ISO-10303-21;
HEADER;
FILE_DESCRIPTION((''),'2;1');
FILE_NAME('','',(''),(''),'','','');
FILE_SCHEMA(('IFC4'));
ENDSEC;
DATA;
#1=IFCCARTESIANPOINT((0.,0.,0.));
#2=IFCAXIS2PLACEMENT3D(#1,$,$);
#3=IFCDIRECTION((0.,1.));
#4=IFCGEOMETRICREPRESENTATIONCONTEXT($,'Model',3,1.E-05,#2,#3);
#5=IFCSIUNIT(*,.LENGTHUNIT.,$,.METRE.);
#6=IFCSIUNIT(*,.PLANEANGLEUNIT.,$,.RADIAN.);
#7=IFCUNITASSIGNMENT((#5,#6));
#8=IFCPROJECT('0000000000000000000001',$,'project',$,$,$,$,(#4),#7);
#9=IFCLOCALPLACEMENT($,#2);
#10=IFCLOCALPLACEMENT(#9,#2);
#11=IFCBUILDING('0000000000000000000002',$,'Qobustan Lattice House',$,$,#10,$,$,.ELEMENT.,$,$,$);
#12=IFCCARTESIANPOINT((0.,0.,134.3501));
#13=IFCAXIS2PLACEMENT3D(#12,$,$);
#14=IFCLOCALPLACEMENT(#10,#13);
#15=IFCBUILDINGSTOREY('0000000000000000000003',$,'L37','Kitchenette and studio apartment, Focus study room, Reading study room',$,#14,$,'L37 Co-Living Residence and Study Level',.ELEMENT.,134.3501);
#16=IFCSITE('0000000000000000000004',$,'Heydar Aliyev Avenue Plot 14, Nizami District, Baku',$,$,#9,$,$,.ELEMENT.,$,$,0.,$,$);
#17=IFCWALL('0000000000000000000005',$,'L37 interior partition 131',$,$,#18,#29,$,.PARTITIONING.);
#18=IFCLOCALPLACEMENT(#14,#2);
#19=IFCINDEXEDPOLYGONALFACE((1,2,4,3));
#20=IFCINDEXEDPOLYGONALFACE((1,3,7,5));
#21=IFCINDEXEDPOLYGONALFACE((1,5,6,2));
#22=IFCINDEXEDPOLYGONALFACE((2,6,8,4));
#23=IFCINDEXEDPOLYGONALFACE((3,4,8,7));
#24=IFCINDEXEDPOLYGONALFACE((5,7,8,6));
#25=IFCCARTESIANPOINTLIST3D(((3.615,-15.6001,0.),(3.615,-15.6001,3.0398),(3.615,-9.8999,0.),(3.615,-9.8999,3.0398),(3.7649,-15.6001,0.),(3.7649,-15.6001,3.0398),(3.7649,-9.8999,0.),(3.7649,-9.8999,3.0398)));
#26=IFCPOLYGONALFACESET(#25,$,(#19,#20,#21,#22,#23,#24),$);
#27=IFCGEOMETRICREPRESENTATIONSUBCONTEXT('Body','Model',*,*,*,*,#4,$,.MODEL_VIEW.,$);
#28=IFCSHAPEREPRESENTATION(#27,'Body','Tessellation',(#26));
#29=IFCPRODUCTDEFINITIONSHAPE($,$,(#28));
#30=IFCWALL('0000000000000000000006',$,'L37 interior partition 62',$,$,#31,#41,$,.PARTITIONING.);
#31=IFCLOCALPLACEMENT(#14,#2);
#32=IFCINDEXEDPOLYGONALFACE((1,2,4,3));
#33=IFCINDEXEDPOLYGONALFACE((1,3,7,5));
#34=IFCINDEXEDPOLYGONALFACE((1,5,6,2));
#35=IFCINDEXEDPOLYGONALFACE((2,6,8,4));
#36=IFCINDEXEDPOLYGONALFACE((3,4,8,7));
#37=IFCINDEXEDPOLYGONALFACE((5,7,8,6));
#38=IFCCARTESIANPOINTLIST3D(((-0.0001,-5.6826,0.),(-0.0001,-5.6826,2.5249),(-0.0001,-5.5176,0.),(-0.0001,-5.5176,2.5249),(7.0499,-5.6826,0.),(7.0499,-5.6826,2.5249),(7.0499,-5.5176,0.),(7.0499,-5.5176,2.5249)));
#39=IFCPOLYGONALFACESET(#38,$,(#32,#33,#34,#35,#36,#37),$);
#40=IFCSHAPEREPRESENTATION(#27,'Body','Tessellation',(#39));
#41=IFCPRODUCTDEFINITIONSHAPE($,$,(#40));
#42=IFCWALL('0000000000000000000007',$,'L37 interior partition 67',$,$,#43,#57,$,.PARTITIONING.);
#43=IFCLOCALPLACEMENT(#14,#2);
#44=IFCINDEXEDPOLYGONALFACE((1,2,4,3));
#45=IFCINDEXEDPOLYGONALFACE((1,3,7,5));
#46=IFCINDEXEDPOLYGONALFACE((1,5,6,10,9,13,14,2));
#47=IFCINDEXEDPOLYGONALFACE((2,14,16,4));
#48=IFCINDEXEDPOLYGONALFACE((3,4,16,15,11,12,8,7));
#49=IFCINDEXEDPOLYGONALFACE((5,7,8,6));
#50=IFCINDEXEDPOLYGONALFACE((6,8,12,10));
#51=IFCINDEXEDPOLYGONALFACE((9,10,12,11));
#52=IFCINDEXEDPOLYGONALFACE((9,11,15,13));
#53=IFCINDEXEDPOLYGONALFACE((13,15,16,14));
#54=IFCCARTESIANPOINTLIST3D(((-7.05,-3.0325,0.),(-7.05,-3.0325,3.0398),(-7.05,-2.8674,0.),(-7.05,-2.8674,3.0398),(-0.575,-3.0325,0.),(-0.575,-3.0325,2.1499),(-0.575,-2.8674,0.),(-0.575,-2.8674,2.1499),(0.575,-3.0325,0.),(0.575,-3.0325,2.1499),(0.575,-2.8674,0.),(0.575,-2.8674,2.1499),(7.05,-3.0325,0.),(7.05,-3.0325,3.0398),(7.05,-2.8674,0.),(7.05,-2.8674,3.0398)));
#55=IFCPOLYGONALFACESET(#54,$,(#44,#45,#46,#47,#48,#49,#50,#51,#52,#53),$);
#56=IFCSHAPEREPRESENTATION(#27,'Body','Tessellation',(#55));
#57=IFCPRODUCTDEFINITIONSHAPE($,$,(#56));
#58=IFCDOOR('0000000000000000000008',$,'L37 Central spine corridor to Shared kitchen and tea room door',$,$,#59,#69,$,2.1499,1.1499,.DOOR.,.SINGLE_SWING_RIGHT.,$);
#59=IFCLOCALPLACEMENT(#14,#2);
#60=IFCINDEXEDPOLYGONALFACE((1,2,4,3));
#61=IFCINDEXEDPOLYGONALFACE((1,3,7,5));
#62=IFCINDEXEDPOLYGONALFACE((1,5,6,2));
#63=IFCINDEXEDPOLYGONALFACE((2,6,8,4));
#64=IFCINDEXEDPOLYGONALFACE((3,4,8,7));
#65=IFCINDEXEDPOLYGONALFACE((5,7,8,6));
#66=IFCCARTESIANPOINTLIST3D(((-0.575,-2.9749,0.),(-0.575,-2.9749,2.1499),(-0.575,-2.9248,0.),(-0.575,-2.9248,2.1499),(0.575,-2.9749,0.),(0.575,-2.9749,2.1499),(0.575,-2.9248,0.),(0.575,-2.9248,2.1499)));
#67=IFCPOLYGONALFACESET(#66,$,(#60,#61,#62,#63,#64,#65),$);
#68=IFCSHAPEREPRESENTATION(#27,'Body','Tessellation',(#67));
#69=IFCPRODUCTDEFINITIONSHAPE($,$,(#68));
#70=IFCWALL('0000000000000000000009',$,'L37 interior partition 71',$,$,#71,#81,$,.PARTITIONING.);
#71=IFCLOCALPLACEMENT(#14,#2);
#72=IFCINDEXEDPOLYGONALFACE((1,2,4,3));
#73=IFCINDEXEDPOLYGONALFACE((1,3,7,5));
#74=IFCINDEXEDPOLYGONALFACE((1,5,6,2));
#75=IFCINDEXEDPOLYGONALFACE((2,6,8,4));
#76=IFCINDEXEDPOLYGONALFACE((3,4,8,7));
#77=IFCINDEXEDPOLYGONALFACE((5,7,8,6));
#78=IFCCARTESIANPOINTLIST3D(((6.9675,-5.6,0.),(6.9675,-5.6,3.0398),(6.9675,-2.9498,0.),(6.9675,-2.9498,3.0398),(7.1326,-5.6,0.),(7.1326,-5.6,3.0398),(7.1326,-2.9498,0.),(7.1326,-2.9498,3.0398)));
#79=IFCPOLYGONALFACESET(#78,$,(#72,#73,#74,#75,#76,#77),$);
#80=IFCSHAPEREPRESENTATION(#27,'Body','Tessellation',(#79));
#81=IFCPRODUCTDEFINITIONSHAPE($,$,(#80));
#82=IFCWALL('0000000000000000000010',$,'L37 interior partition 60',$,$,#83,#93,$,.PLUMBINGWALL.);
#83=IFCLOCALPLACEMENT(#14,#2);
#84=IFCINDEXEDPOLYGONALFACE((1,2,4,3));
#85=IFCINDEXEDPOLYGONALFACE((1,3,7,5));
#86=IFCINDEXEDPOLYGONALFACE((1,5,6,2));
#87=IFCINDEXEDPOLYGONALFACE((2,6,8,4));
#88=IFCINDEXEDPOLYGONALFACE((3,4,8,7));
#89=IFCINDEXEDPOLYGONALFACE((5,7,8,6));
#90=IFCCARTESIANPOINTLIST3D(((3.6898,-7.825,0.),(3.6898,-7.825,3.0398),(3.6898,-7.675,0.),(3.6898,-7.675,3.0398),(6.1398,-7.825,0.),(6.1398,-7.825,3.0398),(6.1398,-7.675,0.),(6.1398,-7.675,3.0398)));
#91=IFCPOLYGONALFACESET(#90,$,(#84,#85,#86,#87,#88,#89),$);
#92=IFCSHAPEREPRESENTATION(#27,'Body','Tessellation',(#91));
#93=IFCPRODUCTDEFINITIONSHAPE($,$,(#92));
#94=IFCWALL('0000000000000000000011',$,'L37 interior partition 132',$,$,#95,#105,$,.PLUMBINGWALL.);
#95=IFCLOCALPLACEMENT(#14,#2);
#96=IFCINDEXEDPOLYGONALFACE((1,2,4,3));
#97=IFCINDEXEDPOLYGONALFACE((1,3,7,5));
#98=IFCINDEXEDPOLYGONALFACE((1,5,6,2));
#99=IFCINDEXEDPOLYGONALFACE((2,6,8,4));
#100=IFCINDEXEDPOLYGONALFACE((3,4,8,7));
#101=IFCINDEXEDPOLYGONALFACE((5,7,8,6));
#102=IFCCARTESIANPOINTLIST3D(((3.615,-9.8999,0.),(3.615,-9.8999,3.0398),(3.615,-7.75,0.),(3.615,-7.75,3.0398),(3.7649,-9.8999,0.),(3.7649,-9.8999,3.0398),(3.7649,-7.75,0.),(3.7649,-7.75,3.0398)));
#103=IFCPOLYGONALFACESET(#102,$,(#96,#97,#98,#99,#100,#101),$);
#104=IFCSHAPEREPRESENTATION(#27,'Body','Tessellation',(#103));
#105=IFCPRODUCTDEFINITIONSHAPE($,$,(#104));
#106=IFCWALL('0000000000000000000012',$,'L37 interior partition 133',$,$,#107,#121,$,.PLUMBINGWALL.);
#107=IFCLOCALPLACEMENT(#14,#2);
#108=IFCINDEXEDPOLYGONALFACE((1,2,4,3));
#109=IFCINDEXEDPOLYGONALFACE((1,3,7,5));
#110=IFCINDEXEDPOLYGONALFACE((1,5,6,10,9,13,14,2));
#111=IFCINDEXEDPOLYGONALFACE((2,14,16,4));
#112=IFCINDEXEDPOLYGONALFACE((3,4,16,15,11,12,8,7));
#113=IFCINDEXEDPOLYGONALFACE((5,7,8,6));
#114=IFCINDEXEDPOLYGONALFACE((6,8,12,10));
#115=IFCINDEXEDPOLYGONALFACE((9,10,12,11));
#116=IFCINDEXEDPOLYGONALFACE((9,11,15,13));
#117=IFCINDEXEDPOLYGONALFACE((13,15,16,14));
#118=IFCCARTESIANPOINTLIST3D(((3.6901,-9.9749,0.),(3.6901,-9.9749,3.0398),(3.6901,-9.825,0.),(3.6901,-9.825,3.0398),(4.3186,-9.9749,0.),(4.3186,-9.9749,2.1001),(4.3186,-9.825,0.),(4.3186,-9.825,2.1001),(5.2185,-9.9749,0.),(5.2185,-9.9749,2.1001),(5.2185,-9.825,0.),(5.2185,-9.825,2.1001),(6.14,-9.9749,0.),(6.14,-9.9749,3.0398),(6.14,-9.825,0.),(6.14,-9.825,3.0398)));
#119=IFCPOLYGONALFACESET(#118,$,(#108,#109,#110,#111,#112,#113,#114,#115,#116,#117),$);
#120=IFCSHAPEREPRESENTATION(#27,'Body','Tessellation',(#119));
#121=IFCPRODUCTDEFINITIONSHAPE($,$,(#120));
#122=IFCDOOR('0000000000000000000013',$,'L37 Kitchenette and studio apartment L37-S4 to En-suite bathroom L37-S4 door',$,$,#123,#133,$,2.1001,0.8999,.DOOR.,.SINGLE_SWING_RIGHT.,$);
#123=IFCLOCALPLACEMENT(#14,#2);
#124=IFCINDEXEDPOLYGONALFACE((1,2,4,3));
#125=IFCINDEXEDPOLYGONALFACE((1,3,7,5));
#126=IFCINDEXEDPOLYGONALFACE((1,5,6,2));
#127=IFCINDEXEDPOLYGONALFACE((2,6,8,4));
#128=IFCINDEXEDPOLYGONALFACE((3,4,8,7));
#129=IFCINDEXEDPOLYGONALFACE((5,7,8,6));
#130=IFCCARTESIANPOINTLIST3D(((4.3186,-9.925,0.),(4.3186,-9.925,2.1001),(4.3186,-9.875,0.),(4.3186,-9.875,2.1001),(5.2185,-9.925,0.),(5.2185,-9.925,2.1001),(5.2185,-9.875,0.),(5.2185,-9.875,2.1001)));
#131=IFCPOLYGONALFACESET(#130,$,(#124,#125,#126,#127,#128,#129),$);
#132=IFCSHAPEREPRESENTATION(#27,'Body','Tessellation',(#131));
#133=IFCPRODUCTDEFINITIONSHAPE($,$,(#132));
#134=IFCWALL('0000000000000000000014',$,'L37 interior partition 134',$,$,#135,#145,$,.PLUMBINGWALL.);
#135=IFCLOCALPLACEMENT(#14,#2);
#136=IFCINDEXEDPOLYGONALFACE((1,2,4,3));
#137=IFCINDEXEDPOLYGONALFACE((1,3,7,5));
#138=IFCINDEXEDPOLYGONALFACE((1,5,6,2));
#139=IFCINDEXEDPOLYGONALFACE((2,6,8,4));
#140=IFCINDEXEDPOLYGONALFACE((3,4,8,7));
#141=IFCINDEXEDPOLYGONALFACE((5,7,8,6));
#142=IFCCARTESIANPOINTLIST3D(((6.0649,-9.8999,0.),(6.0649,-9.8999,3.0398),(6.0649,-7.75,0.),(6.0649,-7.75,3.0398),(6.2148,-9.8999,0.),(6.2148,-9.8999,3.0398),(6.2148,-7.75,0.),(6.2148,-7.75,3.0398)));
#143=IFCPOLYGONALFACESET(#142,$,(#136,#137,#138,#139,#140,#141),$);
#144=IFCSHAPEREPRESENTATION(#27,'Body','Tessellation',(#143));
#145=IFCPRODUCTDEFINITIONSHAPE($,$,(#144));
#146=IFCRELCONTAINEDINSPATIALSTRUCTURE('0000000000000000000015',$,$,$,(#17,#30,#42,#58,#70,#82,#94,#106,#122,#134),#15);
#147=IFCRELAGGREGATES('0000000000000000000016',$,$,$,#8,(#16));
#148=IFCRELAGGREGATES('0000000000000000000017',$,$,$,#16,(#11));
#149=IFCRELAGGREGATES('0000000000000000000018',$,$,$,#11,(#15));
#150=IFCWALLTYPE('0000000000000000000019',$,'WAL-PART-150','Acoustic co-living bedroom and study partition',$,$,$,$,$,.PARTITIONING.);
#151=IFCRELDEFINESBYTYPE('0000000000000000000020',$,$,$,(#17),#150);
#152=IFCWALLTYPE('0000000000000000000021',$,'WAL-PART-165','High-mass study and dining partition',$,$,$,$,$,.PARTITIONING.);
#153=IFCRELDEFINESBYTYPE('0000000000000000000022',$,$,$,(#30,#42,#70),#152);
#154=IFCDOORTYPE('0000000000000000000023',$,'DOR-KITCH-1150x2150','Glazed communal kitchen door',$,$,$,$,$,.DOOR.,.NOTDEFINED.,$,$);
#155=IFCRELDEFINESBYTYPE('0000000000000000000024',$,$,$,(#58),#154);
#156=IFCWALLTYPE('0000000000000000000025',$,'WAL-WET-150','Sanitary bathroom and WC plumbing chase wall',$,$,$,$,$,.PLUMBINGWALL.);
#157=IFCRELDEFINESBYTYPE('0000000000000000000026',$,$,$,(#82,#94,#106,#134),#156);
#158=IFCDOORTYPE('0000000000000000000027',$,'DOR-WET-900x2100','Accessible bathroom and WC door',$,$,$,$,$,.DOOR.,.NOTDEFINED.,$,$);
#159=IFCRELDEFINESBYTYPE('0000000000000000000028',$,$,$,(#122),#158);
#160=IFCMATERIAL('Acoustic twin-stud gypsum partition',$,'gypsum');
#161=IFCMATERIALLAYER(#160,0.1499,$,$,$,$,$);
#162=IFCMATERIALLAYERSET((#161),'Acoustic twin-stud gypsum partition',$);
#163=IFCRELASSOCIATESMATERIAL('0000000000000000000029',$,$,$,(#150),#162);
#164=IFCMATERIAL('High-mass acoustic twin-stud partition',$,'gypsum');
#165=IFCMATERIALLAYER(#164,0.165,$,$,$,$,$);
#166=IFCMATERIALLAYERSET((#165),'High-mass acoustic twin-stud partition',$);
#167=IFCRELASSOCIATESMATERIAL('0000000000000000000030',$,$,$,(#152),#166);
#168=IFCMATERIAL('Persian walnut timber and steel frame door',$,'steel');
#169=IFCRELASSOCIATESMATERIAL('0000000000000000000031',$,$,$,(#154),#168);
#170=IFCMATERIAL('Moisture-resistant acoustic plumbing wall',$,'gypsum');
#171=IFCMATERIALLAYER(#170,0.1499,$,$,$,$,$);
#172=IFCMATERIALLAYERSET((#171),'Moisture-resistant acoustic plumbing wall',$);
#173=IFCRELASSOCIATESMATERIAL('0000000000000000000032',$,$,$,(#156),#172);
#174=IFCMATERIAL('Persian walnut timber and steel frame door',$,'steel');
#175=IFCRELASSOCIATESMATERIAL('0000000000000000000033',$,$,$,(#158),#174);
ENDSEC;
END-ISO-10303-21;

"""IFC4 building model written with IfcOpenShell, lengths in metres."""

from ifc_helpers import new_model, si_unit, direction, frame, frame_2d, origin, place, context, subcontext, project, spatial, rectangle, extrude, material, layer, layer_set, type_object, element, fill, save


model = new_model("IFC4")

# Units and contexts
model_context = context("Model", 3, precision=1e-05, world=origin(), true_north=direction((0.0, 1.0)))
body_context = subcontext(model_context, "Body", "Model", "MODEL_VIEW")
ifc_project = project(units=[si_unit("LENGTHUNIT", "METRE"), si_unit("PLANEANGLEUNIT", "RADIAN")], contexts=[model_context])

# Site, building, storey
site_placement = place(None, origin())
site = spatial("IfcSite", under=ifc_project, at=site_placement, Name="Heydar Aliyev Avenue Plot 14, Nizami District, Baku", CompositionType="ELEMENT", RefElevation=0.0)
building_placement = place(site_placement, origin())
building = spatial("IfcBuilding", under=site, at=building_placement, Name="Qobustan Lattice House", CompositionType="ELEMENT")
storey_placement = place(building_placement, frame((0.0, 0.0, 134.3501)))
storey = spatial("IfcBuildingStorey", under=building, at=storey_placement, Name="L37", Description="Kitchenette and studio apartment, Focus study room, Reading study room", LongName="L37 Co-Living Residence and Study Level", CompositionType="ELEMENT", Elevation=134.3501)

# Walls
ifc_material_1 = material(Name="Acoustic twin-stud gypsum partition", Category="gypsum")
ifc_layer_1 = layer(ifc_material_1, 0.1499)
ifc_layer_set_1 = layer_set([ifc_layer_1], Name="Acoustic twin-stud gypsum partition")
wall_type_1 = type_object("IfcWallType", Name="WAL-PART-150", Description="Acoustic co-living bedroom and study partition", PredefinedType="PARTITIONING", material=ifc_layer_set_1)
wall_1_placement = place(storey_placement, frame((3.6899, -9.8999, 0.0), z_axis=(0.0, 0.0, 1.0), x_axis=(0.0, -1.0, 0.0)))
element("IfcWall", 1, at=wall_1_placement, inside=storey, type_object=wall_type_1, Name="L37 interior partition 131", PredefinedType="PARTITIONING", context=body_context, shape_type="SweptSolid", body=[
    extrude(rectangle(XDim=5.7002, YDim=0.1499, at=frame_2d((2.8501, 0.0))), origin(), (0.0, 0.0, 1.0), 3.0398),
])
ifc_material_2 = material(Name="High-mass acoustic twin-stud partition", Category="gypsum")
ifc_layer_2 = layer(ifc_material_2, 0.165)
ifc_layer_set_2 = layer_set([ifc_layer_2], Name="High-mass acoustic twin-stud partition")
wall_type_2 = type_object("IfcWallType", Name="WAL-PART-165", Description="High-mass study and dining partition", PredefinedType="PARTITIONING", material=ifc_layer_set_2)
wall_2_placement = place(storey_placement, frame((0.0, -5.6001, 0.0), z_axis=(0.0, 0.0, 1.0), x_axis=(1.0, 0.0, 0.0)))
element("IfcWall", 2, at=wall_2_placement, inside=storey, type_object=wall_type_2, Name="L37 interior partition 62", PredefinedType="PARTITIONING", context=body_context, shape_type="SweptSolid", body=[
    extrude(rectangle(XDim=7.05, YDim=0.165, at=frame_2d((3.5249, 0.0))), origin(), (0.0, 0.0, 1.0), 2.5249),
])

# Wall, opening, door
wall_3_placement = place(storey_placement, frame((7.05, -2.95, 0.0), z_axis=(0.0, 0.0, 1.0), x_axis=(-1.0, 0.0, 0.0)))
wall_3 = element("IfcWall", 3, at=wall_3_placement, inside=storey, type_object=wall_type_2, Name="L37 interior partition 67", PredefinedType="PARTITIONING", context=body_context, shape_type="SweptSolid", body=[
    extrude(rectangle(XDim=14.1001, YDim=0.165, at=frame_2d((7.05, 0.0))), origin(), (0.0, 0.0, 1.0), 3.0398),
])
opening_1_placement = place(wall_3_placement, frame((6.4751, 0.0, 0.0)))
opening_1 = element("IfcOpeningElement", 4, at=opening_1_placement, cuts=wall_3, PredefinedType="OPENING", context=body_context, shape_type="SweptSolid", body=[
    extrude(rectangle(XDim=1.1499, YDim=2.1499, at=frame_2d((0.575, 1.075))), frame((0.0, 0.0925, 0.0), z_axis=(0.0, -1.0, 0.0), x_axis=(1.0, 0.0, 0.0)), (0.0, 0.0, 1.0), 0.1851),
])
ifc_material_3 = material(Name="Persian walnut timber and steel frame door", Category="steel")
door_type_1 = type_object("IfcDoorType", Name="DOR-KITCH-1150x2150", Description="Glazed communal kitchen door", OperationType="NOTDEFINED", PredefinedType="DOOR", material=ifc_material_3)
door_1_placement = place(opening_1_placement, origin())
door_1 = element("IfcDoor", 5, at=door_1_placement, inside=storey, type_object=door_type_1, Name="L37 Central spine corridor to Shared kitchen and tea room door", OperationType="SINGLE_SWING_RIGHT", OverallHeight=2.1499, OverallWidth=1.1499, PredefinedType="DOOR", context=body_context, shape_type="SweptSolid", body=[
    extrude(rectangle(XDim=1.1499, YDim=2.1499, at=frame_2d((0.575, 1.075))), frame((0.0, 0.0249, 0.0), z_axis=(0.0, -1.0, 0.0), x_axis=(1.0, 0.0, 0.0)), (0.0, 0.0, 1.0), 0.05),
])
fill(opening_1, door_1)

# Walls
wall_4_placement = place(storey_placement, frame((7.05, -5.6001, 0.0), z_axis=(0.0, 0.0, 1.0), x_axis=(0.0, 1.0, 0.0)))
element("IfcWall", 6, at=wall_4_placement, inside=storey, type_object=wall_type_2, Name="L37 interior partition 71", PredefinedType="PARTITIONING", context=body_context, shape_type="SweptSolid", body=[
    extrude(rectangle(XDim=2.6501, YDim=0.165, at=frame_2d((1.3252, 0.0))), origin(), (0.0, 0.0, 1.0), 3.0398),
])
ifc_material_4 = material(Name="Moisture-resistant acoustic plumbing wall", Category="gypsum")
ifc_layer_3 = layer(ifc_material_4, 0.1499)
ifc_layer_set_3 = layer_set([ifc_layer_3], Name="Moisture-resistant acoustic plumbing wall")
wall_type_3 = type_object("IfcWallType", Name="WAL-WET-150", Description="Sanitary bathroom and WC plumbing chase wall", PredefinedType="PLUMBINGWALL", material=ifc_layer_set_3)
wall_5_placement = place(storey_placement, frame((6.1399, -7.75, 0.0), z_axis=(0.0, 0.0, 1.0), x_axis=(-1.0, 0.0, 0.0)))
element("IfcWall", 7, at=wall_5_placement, inside=storey, type_object=wall_type_3, Name="L37 interior partition 60", PredefinedType="PLUMBINGWALL", context=body_context, shape_type="SweptSolid", body=[
    extrude(rectangle(XDim=2.45, YDim=0.1499, at=frame_2d((1.2251, 0.0))), origin(), (0.0, 0.0, 1.0), 3.0398),
])
wall_6_placement = place(storey_placement, frame((3.6899, -7.75, 0.0), z_axis=(0.0, 0.0, 1.0), x_axis=(0.0, -1.0, 0.0)))
element("IfcWall", 8, at=wall_6_placement, inside=storey, type_object=wall_type_3, Name="L37 interior partition 132", PredefinedType="PLUMBINGWALL", context=body_context, shape_type="SweptSolid", body=[
    extrude(rectangle(XDim=2.1499, YDim=0.1499, at=frame_2d((1.075, 0.0))), origin(), (0.0, 0.0, 1.0), 3.0398),
])

# Wall, opening, door
wall_7_placement = place(storey_placement, frame((3.6899, -9.8999, 0.0), z_axis=(0.0, 0.0, 1.0), x_axis=(1.0, 0.0, 0.0)))
wall_7 = element("IfcWall", 9, at=wall_7_placement, inside=storey, type_object=wall_type_3, Name="L37 interior partition 133", PredefinedType="PLUMBINGWALL", context=body_context, shape_type="SweptSolid", body=[
    extrude(rectangle(XDim=2.45, YDim=0.1499, at=frame_2d((1.2251, 0.0))), origin(), (0.0, 0.0, 1.0), 3.0398),
])
opening_2_placement = place(wall_7_placement, frame((0.6287, 0.0, 0.0)))
opening_2 = element("IfcOpeningElement", 10, at=opening_2_placement, cuts=wall_7, PredefinedType="OPENING", context=body_context, shape_type="SweptSolid", body=[
    extrude(rectangle(XDim=0.8999, YDim=2.1001, at=frame_2d((0.45, 1.05))), frame((0.0, 0.085, 0.0), z_axis=(0.0, -1.0, 0.0), x_axis=(1.0, 0.0, 0.0)), (0.0, 0.0, 1.0), 0.1699),
])
ifc_material_5 = material(Name="Persian walnut timber and steel frame door", Category="steel")
door_type_2 = type_object("IfcDoorType", Name="DOR-WET-900x2100", Description="Accessible bathroom and WC door", OperationType="NOTDEFINED", PredefinedType="DOOR", material=ifc_material_5)
door_2_placement = place(opening_2_placement, origin())
door_2 = element("IfcDoor", 11, at=door_2_placement, inside=storey, type_object=door_type_2, Name="L37 Kitchenette and studio apartment L37-S4 to En-suite bathroom L37-S4 door", OperationType="SINGLE_SWING_RIGHT", OverallHeight=2.1001, OverallWidth=0.8999, PredefinedType="DOOR", context=body_context, shape_type="SweptSolid", body=[
    extrude(rectangle(XDim=0.8999, YDim=2.1001, at=frame_2d((0.45, 1.05))), frame((0.0, 0.0249, 0.0), z_axis=(0.0, -1.0, 0.0), x_axis=(1.0, 0.0, 0.0)), (0.0, 0.0, 1.0), 0.05),
])
fill(opening_2, door_2)

# Wall
wall_8_placement = place(storey_placement, frame((6.1399, -9.8999, 0.0), z_axis=(0.0, 0.0, 1.0), x_axis=(0.0, 1.0, 0.0)))
element("IfcWall", 12, at=wall_8_placement, inside=storey, type_object=wall_type_3, Name="L37 interior partition 134", PredefinedType="PLUMBINGWALL", context=body_context, shape_type="SweptSolid", body=[
    extrude(rectangle(XDim=2.1499, YDim=0.1499, at=frame_2d((1.075, 0.0))), origin(), (0.0, 0.0, 1.0), 3.0398),
])

save(model, "model.ifc")
